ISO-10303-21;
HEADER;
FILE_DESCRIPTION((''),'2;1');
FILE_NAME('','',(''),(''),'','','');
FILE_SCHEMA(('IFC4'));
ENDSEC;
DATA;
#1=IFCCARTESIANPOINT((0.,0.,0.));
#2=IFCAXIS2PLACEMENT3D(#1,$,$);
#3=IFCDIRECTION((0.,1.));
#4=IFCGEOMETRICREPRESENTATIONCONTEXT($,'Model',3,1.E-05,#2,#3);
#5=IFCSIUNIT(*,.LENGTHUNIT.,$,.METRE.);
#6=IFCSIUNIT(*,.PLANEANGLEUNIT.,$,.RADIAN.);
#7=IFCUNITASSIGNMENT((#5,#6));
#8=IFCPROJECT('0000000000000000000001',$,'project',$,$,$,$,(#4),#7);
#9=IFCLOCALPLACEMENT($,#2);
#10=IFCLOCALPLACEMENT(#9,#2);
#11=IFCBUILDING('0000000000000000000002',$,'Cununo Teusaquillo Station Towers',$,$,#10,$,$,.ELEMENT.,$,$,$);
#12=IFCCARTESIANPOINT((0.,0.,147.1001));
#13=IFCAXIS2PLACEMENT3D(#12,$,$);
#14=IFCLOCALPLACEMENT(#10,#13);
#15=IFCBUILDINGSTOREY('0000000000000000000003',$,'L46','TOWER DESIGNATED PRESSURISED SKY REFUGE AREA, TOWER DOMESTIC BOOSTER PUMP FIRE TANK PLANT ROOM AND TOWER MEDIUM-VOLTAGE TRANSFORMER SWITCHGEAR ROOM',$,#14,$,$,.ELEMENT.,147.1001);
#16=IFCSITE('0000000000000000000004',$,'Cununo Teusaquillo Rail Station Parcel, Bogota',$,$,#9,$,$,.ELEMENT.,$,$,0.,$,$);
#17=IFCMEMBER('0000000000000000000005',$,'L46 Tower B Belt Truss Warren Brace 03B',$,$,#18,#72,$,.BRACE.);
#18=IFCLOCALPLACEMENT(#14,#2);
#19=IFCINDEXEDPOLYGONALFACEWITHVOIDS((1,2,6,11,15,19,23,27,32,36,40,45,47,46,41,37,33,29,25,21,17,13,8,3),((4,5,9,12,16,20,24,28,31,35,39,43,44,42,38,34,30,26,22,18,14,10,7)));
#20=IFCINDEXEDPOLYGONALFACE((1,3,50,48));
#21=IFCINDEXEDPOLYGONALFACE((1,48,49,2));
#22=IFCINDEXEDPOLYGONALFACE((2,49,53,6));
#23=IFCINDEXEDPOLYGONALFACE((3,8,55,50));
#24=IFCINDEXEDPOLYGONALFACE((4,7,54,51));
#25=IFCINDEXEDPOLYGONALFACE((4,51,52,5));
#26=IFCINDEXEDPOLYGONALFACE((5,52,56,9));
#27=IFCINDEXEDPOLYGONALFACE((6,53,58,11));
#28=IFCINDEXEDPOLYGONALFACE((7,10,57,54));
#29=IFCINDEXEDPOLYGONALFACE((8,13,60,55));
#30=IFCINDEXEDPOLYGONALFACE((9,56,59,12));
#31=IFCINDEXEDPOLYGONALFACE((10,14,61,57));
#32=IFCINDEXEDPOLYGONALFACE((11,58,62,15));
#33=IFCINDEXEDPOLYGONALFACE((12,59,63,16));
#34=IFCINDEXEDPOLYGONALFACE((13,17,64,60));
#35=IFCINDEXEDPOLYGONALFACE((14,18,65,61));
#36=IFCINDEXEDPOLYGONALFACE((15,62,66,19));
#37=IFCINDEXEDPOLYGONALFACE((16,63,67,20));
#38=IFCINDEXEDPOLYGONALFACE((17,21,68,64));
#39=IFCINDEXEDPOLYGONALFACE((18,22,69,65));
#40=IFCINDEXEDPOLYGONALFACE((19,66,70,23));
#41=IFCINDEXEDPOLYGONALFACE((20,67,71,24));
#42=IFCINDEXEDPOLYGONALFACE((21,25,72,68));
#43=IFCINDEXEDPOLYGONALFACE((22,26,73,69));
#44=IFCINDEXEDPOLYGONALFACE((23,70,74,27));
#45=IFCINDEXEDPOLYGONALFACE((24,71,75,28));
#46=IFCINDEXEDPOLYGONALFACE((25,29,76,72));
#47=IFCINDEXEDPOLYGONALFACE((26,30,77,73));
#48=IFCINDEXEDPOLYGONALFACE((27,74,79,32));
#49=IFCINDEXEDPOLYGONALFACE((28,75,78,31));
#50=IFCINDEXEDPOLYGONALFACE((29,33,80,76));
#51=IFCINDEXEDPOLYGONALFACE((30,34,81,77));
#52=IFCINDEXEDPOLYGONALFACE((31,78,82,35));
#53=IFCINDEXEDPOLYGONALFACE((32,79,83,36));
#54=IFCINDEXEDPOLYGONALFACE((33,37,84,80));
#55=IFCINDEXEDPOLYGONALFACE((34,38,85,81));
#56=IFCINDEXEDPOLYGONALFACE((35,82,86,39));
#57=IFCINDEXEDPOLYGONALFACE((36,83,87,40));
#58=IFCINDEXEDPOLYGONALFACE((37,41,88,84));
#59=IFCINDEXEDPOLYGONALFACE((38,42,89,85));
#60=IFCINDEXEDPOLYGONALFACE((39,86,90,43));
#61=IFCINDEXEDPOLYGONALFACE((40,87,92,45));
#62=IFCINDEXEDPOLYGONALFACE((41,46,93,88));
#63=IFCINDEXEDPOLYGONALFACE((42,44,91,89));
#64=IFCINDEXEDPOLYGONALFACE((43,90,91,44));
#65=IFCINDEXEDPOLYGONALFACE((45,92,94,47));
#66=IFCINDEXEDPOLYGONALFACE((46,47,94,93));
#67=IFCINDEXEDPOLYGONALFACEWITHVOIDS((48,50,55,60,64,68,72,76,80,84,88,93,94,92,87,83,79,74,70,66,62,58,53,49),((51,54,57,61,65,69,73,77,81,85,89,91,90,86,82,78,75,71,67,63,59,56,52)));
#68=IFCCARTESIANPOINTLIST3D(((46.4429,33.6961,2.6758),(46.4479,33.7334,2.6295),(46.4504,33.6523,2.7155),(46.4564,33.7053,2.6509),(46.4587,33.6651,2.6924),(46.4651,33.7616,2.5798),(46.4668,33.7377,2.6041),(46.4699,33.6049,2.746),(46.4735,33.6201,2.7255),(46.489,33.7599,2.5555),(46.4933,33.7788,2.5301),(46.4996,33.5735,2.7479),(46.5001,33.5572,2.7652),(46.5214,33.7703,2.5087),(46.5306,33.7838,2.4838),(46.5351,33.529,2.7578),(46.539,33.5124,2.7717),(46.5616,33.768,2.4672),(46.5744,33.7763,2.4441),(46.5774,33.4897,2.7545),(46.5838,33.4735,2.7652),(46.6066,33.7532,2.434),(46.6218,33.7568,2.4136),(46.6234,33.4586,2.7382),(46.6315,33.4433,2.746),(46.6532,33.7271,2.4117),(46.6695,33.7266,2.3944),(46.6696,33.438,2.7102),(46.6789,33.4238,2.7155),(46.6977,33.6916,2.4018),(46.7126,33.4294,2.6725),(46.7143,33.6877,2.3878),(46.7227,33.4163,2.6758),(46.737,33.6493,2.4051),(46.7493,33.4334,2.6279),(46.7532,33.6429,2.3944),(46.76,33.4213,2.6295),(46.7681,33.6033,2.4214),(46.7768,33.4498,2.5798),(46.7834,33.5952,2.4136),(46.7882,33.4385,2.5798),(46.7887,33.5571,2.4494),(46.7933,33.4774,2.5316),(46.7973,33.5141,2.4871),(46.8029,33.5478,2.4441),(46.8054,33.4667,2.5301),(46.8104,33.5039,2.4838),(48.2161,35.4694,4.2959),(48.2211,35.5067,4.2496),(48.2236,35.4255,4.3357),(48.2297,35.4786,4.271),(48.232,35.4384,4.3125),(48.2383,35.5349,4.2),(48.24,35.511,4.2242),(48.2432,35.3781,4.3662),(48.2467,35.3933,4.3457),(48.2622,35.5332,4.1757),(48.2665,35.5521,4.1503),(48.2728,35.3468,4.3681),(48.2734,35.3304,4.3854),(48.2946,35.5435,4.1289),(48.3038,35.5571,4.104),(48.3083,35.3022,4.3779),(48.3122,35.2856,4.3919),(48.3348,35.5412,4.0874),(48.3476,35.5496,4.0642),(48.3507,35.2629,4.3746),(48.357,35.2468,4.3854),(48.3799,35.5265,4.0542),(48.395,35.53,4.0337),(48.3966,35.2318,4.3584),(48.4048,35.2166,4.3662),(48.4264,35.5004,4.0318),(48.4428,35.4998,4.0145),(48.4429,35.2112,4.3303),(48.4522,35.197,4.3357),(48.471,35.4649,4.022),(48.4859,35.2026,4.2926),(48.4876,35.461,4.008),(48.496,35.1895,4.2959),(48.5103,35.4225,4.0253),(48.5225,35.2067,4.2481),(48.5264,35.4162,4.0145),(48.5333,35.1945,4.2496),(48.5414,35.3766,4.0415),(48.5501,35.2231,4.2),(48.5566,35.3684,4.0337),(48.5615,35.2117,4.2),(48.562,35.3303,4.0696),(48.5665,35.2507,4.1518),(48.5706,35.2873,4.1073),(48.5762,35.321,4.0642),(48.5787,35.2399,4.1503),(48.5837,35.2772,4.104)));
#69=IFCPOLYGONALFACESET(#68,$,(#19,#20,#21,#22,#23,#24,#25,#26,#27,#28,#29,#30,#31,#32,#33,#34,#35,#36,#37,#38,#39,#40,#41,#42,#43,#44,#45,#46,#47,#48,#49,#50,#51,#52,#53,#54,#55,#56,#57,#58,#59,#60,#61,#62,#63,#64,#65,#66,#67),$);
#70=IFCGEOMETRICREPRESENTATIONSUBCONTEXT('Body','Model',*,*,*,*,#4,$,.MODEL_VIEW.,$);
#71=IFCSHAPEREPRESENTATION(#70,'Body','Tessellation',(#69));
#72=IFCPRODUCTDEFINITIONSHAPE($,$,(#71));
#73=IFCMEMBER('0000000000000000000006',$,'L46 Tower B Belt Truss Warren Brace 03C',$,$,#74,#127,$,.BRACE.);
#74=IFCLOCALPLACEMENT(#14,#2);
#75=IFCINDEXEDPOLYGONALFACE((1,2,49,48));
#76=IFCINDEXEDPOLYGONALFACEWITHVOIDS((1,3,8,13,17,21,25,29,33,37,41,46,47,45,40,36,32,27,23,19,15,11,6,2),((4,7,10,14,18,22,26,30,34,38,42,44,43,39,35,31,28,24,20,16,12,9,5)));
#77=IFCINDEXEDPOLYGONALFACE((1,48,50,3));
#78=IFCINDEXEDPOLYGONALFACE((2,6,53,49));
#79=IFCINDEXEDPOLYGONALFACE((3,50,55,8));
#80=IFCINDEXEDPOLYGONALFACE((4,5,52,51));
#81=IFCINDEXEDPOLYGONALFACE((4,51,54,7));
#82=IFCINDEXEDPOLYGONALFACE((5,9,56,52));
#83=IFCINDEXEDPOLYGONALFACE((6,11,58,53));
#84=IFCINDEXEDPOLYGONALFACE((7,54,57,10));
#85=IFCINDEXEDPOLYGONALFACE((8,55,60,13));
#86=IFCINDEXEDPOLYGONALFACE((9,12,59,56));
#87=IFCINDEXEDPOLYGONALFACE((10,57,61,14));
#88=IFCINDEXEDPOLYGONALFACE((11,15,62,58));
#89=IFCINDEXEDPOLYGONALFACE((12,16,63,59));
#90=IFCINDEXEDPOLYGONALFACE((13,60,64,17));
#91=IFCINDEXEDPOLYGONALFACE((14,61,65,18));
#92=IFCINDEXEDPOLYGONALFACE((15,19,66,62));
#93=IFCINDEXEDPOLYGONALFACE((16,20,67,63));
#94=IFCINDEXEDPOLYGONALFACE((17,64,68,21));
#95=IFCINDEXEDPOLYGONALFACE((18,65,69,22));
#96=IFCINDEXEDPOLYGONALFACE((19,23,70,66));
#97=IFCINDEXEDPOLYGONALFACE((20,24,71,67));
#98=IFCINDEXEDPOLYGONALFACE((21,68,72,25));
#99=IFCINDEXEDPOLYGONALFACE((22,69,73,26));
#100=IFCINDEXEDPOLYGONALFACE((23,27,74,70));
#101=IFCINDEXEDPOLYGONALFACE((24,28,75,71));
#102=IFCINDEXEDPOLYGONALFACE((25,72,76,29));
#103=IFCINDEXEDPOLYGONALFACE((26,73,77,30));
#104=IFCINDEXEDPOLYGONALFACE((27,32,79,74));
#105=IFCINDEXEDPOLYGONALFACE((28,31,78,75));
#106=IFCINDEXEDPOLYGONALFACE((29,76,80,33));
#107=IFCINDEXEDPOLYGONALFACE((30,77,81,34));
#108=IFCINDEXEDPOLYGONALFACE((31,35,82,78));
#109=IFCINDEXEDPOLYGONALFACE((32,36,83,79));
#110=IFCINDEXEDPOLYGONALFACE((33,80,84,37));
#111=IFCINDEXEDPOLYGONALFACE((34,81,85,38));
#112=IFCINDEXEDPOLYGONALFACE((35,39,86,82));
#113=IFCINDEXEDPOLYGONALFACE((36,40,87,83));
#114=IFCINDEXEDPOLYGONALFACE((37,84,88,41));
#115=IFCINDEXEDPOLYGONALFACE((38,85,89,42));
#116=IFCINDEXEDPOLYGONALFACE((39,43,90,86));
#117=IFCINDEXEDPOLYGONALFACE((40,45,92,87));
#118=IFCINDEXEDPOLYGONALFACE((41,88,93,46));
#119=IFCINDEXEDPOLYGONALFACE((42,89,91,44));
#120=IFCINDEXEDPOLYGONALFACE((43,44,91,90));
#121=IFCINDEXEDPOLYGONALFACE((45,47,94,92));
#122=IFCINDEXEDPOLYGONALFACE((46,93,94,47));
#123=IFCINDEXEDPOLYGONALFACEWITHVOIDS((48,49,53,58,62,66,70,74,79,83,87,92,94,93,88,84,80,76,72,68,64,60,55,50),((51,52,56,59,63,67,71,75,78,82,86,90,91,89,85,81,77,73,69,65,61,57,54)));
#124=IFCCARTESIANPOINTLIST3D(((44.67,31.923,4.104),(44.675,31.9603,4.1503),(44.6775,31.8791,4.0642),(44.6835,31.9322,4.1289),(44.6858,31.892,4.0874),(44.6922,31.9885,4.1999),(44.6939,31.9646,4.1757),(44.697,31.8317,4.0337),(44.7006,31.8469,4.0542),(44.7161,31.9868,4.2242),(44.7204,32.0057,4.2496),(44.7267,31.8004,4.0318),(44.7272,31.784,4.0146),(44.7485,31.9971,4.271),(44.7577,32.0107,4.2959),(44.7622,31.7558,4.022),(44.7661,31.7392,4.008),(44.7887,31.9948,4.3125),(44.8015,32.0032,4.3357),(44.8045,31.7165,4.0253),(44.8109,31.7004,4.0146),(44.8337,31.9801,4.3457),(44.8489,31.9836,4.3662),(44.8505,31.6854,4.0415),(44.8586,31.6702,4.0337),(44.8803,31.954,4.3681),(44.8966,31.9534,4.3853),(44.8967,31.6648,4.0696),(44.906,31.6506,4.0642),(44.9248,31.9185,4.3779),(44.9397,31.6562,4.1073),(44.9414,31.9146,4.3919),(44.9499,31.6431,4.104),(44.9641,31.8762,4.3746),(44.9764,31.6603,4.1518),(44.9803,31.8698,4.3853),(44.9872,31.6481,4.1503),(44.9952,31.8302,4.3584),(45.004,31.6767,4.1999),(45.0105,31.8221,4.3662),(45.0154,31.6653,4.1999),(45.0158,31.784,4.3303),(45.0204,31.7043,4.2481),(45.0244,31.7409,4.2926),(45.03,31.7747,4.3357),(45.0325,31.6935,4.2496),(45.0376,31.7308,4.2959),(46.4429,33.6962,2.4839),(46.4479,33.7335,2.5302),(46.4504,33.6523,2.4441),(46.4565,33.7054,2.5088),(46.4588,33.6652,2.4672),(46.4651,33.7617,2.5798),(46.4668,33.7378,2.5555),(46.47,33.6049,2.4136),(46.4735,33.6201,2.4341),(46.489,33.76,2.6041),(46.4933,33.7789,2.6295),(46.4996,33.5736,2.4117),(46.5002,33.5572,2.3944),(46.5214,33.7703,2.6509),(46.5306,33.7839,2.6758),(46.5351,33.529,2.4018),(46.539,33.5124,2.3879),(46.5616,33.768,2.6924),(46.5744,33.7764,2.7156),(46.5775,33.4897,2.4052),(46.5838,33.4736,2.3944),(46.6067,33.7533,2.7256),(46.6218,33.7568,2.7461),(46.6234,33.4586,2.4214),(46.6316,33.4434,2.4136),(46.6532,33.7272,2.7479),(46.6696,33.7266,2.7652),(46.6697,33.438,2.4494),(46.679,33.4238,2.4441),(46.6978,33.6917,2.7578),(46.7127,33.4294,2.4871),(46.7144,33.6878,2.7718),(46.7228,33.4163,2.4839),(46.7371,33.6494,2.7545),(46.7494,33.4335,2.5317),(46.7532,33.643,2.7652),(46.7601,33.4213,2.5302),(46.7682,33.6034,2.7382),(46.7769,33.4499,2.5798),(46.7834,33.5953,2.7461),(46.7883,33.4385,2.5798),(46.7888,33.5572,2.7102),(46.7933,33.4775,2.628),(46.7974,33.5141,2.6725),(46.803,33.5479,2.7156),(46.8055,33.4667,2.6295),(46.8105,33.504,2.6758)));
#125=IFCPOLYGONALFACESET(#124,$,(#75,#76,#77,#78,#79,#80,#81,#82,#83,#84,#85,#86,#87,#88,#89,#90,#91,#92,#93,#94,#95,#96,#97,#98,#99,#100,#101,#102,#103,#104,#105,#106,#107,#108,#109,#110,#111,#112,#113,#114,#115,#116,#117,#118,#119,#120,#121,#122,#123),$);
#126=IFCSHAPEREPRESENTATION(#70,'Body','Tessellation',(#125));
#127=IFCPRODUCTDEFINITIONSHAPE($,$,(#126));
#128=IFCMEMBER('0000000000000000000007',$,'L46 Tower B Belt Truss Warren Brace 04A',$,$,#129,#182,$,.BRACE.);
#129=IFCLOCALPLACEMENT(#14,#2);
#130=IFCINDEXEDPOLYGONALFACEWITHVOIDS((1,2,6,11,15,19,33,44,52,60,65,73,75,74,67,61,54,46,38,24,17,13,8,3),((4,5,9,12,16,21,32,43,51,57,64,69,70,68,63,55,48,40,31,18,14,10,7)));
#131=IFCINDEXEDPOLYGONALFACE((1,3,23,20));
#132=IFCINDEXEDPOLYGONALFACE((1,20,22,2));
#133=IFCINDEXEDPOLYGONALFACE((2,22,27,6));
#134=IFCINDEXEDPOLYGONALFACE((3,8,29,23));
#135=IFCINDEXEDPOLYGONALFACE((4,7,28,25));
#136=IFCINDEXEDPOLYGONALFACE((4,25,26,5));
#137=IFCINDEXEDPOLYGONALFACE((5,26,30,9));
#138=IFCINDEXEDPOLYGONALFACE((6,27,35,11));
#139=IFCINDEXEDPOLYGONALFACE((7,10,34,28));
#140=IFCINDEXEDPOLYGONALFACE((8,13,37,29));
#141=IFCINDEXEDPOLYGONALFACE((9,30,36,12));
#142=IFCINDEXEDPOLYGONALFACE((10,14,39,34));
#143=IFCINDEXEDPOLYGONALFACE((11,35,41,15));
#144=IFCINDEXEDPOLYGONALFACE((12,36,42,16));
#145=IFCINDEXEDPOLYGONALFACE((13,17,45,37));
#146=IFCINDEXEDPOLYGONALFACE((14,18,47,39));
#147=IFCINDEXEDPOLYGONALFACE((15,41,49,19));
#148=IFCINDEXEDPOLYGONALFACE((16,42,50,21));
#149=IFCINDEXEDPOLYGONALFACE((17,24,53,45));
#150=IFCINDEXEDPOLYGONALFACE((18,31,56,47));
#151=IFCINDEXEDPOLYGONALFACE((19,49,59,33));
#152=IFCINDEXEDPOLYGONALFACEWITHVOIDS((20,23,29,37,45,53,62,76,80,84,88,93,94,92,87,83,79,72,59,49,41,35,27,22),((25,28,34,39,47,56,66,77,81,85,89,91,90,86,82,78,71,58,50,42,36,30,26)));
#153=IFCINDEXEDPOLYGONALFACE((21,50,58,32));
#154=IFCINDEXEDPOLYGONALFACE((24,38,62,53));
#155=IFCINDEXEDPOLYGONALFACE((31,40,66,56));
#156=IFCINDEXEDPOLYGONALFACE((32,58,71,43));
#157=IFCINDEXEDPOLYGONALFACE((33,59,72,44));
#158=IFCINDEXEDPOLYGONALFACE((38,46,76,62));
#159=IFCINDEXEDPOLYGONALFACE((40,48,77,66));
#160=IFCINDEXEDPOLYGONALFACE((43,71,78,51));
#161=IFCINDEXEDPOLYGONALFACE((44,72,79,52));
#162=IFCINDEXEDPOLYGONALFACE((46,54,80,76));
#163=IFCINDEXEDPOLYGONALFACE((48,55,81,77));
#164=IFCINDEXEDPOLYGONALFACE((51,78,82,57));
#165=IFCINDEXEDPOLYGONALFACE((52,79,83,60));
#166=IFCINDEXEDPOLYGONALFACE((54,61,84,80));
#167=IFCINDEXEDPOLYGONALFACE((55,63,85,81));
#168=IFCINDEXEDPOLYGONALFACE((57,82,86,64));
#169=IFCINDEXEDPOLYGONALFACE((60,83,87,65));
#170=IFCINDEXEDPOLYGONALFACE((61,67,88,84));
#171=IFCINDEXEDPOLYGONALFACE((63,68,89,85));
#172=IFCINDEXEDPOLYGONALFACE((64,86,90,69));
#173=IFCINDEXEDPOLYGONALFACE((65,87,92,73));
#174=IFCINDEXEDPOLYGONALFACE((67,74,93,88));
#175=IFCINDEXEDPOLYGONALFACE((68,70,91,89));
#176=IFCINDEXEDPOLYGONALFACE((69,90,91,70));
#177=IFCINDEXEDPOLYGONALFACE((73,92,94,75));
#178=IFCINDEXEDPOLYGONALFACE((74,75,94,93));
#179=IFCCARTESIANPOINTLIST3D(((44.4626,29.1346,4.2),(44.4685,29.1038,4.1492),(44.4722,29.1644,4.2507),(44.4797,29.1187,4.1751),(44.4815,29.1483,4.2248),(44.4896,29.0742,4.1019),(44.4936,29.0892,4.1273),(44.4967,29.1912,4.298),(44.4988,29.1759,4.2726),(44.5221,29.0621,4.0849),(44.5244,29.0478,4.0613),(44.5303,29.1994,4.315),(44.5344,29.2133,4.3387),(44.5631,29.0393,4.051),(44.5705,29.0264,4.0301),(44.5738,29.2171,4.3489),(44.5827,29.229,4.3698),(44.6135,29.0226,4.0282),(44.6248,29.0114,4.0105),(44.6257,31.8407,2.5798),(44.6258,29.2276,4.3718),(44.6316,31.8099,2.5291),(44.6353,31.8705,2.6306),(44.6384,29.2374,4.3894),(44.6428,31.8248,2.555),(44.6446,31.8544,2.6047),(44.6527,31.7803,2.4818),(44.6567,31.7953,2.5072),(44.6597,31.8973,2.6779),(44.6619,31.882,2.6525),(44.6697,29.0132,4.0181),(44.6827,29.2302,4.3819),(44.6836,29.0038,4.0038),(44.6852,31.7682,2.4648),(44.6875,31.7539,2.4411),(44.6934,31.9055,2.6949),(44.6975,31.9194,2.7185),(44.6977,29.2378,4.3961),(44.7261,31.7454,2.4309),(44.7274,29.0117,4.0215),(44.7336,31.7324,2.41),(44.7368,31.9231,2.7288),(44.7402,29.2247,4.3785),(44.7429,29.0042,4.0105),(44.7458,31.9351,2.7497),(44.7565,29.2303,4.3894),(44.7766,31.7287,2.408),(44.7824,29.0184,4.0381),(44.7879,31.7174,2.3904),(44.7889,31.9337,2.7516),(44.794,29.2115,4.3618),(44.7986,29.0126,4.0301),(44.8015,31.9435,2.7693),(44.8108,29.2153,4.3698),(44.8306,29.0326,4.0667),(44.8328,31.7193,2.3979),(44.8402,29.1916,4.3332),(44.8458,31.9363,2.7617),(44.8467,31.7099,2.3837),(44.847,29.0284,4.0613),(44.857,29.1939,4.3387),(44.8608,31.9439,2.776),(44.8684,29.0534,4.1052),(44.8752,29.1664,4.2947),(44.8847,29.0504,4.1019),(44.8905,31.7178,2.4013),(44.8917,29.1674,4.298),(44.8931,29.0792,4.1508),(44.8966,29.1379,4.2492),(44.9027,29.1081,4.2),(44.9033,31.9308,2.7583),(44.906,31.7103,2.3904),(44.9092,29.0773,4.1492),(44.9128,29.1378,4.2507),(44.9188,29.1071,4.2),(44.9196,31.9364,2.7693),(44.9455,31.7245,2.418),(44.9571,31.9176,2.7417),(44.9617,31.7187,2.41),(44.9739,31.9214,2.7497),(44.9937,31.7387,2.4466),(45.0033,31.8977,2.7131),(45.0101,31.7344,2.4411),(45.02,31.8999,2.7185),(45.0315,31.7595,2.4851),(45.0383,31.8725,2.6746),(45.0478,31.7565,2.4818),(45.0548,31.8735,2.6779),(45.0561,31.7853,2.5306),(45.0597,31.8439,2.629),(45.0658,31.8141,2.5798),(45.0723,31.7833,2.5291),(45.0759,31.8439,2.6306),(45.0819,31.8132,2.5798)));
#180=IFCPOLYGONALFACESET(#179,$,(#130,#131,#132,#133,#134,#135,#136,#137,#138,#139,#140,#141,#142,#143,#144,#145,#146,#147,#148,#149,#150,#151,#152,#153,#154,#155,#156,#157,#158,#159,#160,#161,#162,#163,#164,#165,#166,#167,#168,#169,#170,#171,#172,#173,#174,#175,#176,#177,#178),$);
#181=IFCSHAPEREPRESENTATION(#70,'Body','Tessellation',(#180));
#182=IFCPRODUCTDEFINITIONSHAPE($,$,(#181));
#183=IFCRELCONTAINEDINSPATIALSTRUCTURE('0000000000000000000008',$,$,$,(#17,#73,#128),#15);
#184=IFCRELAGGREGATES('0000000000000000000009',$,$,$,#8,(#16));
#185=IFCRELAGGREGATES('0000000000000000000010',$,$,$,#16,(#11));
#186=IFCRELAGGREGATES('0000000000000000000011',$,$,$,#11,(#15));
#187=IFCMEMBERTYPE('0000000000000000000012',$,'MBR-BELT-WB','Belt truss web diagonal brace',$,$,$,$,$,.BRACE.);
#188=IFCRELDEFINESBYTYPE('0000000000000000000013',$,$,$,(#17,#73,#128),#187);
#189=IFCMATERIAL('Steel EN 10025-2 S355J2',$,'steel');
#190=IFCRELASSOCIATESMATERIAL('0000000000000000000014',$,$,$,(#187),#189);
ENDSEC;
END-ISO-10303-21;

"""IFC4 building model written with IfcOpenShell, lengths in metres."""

from ifc_helpers import new_model, si_unit, direction, frame, origin, origin_2d, place, context, subcontext, project, spatial, hollow_circle, extrude, material, material_profile, profile_set, type_object, element, save


model = new_model("IFC4")

# Units and contexts
model_context = context("Model", 3, precision=1e-05, world=origin(), true_north=direction((0.0, 1.0)))
body_context = subcontext(model_context, "Body", "Model", "MODEL_VIEW")
ifc_project = project(units=[si_unit("LENGTHUNIT", "METRE"), si_unit("PLANEANGLEUNIT", "RADIAN")], contexts=[model_context])

# Site, building, storey
site_placement = place(None, origin())
site = spatial("IfcSite", under=ifc_project, at=site_placement, Name="Cununo Teusaquillo Rail Station Parcel, Bogota", CompositionType="ELEMENT", RefElevation=0.0)
building_placement = place(site_placement, origin())
building = spatial("IfcBuilding", under=site, at=building_placement, Name="Cununo Teusaquillo Station Towers", CompositionType="ELEMENT")
storey_placement = place(building_placement, frame((0.0, 0.0, 147.1001)))
storey = spatial("IfcBuildingStorey", under=building, at=storey_placement, Name="L46", Description="TOWER DESIGNATED PRESSURISED SKY REFUGE AREA, TOWER DOMESTIC BOOSTER PUMP FIRE TANK PLANT ROOM AND TOWER MEDIUM-VOLTAGE TRANSFORMER SWITCHGEAR ROOM", CompositionType="ELEMENT", Elevation=147.1001)

# Members
ifc_material_1 = material(Name="Steel EN 10025-2 S355J2", Category="steel")
ifc_material_profile_1 = material_profile(ifc_material_1, hollow_circle(Radius=0.2285, WallThickness=0.0161, at=origin_2d()), Name="CHS 457x16")
ifc_profile_set_1 = profile_set([ifc_material_profile_1], Name="Steel EN 10025-2 S355J2")
member_type_1 = type_object("IfcMemberType", Name="MBR-BELT-WB", Description="Belt truss web diagonal brace", PredefinedType="BRACE", material=ifc_profile_set_1)
member_1_placement = place(storey_placement, frame((48.3999, 35.3733, 4.2), z_axis=(-0.593935, -0.593935, -0.542662), x_axis=(0.707107, -0.707107, 0.0)))
element("IfcMember", 1, at=member_1_placement, inside=storey, type_object=member_type_1, Name="L46 Tower B Belt Truss Warren Brace 03B", PredefinedType="BRACE", context=body_context, shape_type="SweptSolid", body=[
    extrude(hollow_circle(Radius=0.2285, WallThickness=0.0161, at=origin_2d()), origin(), (0.0, 0.0, 1.0), 2.9856),
])
member_2_placement = place(storey_placement, frame((46.6267, 33.6001, 2.5798), z_axis=(-0.593882, -0.593964, 0.542688), x_axis=(0.707155, -0.707058, 0.0)))
element("IfcMember", 2, at=member_2_placement, inside=storey, type_object=member_type_1, Name="L46 Tower B Belt Truss Warren Brace 03C", PredefinedType="BRACE", context=body_context, shape_type="SweptSolid", body=[
    extrude(hollow_circle(Radius=0.2285, WallThickness=0.0161, at=origin_2d()), origin(), (0.0, 0.0, 1.0), 2.9854),
])
for number, where, z_axis, x_axis, name in (
    (3, (44.8538, 31.8269, 2.5798), (-0.051639, -0.85684, 0.512991), (0.998189, -0.060158, 0.0), "L46 Tower B Belt Truss Warren Brace 04A"),
):
    element("IfcMember", number, at=place(storey_placement, frame(where, z_axis=z_axis, x_axis=x_axis)), inside=storey, type_object=member_type_1, Name=name, PredefinedType="BRACE", context=body_context, shape_type="SweptSolid", body=[
        extrude(hollow_circle(Radius=0.2285, WallThickness=0.0161, at=origin_2d()), origin(), (0.0, 0.0, 1.0), 3.1582),
    ])

save(model, "model.ifc")
